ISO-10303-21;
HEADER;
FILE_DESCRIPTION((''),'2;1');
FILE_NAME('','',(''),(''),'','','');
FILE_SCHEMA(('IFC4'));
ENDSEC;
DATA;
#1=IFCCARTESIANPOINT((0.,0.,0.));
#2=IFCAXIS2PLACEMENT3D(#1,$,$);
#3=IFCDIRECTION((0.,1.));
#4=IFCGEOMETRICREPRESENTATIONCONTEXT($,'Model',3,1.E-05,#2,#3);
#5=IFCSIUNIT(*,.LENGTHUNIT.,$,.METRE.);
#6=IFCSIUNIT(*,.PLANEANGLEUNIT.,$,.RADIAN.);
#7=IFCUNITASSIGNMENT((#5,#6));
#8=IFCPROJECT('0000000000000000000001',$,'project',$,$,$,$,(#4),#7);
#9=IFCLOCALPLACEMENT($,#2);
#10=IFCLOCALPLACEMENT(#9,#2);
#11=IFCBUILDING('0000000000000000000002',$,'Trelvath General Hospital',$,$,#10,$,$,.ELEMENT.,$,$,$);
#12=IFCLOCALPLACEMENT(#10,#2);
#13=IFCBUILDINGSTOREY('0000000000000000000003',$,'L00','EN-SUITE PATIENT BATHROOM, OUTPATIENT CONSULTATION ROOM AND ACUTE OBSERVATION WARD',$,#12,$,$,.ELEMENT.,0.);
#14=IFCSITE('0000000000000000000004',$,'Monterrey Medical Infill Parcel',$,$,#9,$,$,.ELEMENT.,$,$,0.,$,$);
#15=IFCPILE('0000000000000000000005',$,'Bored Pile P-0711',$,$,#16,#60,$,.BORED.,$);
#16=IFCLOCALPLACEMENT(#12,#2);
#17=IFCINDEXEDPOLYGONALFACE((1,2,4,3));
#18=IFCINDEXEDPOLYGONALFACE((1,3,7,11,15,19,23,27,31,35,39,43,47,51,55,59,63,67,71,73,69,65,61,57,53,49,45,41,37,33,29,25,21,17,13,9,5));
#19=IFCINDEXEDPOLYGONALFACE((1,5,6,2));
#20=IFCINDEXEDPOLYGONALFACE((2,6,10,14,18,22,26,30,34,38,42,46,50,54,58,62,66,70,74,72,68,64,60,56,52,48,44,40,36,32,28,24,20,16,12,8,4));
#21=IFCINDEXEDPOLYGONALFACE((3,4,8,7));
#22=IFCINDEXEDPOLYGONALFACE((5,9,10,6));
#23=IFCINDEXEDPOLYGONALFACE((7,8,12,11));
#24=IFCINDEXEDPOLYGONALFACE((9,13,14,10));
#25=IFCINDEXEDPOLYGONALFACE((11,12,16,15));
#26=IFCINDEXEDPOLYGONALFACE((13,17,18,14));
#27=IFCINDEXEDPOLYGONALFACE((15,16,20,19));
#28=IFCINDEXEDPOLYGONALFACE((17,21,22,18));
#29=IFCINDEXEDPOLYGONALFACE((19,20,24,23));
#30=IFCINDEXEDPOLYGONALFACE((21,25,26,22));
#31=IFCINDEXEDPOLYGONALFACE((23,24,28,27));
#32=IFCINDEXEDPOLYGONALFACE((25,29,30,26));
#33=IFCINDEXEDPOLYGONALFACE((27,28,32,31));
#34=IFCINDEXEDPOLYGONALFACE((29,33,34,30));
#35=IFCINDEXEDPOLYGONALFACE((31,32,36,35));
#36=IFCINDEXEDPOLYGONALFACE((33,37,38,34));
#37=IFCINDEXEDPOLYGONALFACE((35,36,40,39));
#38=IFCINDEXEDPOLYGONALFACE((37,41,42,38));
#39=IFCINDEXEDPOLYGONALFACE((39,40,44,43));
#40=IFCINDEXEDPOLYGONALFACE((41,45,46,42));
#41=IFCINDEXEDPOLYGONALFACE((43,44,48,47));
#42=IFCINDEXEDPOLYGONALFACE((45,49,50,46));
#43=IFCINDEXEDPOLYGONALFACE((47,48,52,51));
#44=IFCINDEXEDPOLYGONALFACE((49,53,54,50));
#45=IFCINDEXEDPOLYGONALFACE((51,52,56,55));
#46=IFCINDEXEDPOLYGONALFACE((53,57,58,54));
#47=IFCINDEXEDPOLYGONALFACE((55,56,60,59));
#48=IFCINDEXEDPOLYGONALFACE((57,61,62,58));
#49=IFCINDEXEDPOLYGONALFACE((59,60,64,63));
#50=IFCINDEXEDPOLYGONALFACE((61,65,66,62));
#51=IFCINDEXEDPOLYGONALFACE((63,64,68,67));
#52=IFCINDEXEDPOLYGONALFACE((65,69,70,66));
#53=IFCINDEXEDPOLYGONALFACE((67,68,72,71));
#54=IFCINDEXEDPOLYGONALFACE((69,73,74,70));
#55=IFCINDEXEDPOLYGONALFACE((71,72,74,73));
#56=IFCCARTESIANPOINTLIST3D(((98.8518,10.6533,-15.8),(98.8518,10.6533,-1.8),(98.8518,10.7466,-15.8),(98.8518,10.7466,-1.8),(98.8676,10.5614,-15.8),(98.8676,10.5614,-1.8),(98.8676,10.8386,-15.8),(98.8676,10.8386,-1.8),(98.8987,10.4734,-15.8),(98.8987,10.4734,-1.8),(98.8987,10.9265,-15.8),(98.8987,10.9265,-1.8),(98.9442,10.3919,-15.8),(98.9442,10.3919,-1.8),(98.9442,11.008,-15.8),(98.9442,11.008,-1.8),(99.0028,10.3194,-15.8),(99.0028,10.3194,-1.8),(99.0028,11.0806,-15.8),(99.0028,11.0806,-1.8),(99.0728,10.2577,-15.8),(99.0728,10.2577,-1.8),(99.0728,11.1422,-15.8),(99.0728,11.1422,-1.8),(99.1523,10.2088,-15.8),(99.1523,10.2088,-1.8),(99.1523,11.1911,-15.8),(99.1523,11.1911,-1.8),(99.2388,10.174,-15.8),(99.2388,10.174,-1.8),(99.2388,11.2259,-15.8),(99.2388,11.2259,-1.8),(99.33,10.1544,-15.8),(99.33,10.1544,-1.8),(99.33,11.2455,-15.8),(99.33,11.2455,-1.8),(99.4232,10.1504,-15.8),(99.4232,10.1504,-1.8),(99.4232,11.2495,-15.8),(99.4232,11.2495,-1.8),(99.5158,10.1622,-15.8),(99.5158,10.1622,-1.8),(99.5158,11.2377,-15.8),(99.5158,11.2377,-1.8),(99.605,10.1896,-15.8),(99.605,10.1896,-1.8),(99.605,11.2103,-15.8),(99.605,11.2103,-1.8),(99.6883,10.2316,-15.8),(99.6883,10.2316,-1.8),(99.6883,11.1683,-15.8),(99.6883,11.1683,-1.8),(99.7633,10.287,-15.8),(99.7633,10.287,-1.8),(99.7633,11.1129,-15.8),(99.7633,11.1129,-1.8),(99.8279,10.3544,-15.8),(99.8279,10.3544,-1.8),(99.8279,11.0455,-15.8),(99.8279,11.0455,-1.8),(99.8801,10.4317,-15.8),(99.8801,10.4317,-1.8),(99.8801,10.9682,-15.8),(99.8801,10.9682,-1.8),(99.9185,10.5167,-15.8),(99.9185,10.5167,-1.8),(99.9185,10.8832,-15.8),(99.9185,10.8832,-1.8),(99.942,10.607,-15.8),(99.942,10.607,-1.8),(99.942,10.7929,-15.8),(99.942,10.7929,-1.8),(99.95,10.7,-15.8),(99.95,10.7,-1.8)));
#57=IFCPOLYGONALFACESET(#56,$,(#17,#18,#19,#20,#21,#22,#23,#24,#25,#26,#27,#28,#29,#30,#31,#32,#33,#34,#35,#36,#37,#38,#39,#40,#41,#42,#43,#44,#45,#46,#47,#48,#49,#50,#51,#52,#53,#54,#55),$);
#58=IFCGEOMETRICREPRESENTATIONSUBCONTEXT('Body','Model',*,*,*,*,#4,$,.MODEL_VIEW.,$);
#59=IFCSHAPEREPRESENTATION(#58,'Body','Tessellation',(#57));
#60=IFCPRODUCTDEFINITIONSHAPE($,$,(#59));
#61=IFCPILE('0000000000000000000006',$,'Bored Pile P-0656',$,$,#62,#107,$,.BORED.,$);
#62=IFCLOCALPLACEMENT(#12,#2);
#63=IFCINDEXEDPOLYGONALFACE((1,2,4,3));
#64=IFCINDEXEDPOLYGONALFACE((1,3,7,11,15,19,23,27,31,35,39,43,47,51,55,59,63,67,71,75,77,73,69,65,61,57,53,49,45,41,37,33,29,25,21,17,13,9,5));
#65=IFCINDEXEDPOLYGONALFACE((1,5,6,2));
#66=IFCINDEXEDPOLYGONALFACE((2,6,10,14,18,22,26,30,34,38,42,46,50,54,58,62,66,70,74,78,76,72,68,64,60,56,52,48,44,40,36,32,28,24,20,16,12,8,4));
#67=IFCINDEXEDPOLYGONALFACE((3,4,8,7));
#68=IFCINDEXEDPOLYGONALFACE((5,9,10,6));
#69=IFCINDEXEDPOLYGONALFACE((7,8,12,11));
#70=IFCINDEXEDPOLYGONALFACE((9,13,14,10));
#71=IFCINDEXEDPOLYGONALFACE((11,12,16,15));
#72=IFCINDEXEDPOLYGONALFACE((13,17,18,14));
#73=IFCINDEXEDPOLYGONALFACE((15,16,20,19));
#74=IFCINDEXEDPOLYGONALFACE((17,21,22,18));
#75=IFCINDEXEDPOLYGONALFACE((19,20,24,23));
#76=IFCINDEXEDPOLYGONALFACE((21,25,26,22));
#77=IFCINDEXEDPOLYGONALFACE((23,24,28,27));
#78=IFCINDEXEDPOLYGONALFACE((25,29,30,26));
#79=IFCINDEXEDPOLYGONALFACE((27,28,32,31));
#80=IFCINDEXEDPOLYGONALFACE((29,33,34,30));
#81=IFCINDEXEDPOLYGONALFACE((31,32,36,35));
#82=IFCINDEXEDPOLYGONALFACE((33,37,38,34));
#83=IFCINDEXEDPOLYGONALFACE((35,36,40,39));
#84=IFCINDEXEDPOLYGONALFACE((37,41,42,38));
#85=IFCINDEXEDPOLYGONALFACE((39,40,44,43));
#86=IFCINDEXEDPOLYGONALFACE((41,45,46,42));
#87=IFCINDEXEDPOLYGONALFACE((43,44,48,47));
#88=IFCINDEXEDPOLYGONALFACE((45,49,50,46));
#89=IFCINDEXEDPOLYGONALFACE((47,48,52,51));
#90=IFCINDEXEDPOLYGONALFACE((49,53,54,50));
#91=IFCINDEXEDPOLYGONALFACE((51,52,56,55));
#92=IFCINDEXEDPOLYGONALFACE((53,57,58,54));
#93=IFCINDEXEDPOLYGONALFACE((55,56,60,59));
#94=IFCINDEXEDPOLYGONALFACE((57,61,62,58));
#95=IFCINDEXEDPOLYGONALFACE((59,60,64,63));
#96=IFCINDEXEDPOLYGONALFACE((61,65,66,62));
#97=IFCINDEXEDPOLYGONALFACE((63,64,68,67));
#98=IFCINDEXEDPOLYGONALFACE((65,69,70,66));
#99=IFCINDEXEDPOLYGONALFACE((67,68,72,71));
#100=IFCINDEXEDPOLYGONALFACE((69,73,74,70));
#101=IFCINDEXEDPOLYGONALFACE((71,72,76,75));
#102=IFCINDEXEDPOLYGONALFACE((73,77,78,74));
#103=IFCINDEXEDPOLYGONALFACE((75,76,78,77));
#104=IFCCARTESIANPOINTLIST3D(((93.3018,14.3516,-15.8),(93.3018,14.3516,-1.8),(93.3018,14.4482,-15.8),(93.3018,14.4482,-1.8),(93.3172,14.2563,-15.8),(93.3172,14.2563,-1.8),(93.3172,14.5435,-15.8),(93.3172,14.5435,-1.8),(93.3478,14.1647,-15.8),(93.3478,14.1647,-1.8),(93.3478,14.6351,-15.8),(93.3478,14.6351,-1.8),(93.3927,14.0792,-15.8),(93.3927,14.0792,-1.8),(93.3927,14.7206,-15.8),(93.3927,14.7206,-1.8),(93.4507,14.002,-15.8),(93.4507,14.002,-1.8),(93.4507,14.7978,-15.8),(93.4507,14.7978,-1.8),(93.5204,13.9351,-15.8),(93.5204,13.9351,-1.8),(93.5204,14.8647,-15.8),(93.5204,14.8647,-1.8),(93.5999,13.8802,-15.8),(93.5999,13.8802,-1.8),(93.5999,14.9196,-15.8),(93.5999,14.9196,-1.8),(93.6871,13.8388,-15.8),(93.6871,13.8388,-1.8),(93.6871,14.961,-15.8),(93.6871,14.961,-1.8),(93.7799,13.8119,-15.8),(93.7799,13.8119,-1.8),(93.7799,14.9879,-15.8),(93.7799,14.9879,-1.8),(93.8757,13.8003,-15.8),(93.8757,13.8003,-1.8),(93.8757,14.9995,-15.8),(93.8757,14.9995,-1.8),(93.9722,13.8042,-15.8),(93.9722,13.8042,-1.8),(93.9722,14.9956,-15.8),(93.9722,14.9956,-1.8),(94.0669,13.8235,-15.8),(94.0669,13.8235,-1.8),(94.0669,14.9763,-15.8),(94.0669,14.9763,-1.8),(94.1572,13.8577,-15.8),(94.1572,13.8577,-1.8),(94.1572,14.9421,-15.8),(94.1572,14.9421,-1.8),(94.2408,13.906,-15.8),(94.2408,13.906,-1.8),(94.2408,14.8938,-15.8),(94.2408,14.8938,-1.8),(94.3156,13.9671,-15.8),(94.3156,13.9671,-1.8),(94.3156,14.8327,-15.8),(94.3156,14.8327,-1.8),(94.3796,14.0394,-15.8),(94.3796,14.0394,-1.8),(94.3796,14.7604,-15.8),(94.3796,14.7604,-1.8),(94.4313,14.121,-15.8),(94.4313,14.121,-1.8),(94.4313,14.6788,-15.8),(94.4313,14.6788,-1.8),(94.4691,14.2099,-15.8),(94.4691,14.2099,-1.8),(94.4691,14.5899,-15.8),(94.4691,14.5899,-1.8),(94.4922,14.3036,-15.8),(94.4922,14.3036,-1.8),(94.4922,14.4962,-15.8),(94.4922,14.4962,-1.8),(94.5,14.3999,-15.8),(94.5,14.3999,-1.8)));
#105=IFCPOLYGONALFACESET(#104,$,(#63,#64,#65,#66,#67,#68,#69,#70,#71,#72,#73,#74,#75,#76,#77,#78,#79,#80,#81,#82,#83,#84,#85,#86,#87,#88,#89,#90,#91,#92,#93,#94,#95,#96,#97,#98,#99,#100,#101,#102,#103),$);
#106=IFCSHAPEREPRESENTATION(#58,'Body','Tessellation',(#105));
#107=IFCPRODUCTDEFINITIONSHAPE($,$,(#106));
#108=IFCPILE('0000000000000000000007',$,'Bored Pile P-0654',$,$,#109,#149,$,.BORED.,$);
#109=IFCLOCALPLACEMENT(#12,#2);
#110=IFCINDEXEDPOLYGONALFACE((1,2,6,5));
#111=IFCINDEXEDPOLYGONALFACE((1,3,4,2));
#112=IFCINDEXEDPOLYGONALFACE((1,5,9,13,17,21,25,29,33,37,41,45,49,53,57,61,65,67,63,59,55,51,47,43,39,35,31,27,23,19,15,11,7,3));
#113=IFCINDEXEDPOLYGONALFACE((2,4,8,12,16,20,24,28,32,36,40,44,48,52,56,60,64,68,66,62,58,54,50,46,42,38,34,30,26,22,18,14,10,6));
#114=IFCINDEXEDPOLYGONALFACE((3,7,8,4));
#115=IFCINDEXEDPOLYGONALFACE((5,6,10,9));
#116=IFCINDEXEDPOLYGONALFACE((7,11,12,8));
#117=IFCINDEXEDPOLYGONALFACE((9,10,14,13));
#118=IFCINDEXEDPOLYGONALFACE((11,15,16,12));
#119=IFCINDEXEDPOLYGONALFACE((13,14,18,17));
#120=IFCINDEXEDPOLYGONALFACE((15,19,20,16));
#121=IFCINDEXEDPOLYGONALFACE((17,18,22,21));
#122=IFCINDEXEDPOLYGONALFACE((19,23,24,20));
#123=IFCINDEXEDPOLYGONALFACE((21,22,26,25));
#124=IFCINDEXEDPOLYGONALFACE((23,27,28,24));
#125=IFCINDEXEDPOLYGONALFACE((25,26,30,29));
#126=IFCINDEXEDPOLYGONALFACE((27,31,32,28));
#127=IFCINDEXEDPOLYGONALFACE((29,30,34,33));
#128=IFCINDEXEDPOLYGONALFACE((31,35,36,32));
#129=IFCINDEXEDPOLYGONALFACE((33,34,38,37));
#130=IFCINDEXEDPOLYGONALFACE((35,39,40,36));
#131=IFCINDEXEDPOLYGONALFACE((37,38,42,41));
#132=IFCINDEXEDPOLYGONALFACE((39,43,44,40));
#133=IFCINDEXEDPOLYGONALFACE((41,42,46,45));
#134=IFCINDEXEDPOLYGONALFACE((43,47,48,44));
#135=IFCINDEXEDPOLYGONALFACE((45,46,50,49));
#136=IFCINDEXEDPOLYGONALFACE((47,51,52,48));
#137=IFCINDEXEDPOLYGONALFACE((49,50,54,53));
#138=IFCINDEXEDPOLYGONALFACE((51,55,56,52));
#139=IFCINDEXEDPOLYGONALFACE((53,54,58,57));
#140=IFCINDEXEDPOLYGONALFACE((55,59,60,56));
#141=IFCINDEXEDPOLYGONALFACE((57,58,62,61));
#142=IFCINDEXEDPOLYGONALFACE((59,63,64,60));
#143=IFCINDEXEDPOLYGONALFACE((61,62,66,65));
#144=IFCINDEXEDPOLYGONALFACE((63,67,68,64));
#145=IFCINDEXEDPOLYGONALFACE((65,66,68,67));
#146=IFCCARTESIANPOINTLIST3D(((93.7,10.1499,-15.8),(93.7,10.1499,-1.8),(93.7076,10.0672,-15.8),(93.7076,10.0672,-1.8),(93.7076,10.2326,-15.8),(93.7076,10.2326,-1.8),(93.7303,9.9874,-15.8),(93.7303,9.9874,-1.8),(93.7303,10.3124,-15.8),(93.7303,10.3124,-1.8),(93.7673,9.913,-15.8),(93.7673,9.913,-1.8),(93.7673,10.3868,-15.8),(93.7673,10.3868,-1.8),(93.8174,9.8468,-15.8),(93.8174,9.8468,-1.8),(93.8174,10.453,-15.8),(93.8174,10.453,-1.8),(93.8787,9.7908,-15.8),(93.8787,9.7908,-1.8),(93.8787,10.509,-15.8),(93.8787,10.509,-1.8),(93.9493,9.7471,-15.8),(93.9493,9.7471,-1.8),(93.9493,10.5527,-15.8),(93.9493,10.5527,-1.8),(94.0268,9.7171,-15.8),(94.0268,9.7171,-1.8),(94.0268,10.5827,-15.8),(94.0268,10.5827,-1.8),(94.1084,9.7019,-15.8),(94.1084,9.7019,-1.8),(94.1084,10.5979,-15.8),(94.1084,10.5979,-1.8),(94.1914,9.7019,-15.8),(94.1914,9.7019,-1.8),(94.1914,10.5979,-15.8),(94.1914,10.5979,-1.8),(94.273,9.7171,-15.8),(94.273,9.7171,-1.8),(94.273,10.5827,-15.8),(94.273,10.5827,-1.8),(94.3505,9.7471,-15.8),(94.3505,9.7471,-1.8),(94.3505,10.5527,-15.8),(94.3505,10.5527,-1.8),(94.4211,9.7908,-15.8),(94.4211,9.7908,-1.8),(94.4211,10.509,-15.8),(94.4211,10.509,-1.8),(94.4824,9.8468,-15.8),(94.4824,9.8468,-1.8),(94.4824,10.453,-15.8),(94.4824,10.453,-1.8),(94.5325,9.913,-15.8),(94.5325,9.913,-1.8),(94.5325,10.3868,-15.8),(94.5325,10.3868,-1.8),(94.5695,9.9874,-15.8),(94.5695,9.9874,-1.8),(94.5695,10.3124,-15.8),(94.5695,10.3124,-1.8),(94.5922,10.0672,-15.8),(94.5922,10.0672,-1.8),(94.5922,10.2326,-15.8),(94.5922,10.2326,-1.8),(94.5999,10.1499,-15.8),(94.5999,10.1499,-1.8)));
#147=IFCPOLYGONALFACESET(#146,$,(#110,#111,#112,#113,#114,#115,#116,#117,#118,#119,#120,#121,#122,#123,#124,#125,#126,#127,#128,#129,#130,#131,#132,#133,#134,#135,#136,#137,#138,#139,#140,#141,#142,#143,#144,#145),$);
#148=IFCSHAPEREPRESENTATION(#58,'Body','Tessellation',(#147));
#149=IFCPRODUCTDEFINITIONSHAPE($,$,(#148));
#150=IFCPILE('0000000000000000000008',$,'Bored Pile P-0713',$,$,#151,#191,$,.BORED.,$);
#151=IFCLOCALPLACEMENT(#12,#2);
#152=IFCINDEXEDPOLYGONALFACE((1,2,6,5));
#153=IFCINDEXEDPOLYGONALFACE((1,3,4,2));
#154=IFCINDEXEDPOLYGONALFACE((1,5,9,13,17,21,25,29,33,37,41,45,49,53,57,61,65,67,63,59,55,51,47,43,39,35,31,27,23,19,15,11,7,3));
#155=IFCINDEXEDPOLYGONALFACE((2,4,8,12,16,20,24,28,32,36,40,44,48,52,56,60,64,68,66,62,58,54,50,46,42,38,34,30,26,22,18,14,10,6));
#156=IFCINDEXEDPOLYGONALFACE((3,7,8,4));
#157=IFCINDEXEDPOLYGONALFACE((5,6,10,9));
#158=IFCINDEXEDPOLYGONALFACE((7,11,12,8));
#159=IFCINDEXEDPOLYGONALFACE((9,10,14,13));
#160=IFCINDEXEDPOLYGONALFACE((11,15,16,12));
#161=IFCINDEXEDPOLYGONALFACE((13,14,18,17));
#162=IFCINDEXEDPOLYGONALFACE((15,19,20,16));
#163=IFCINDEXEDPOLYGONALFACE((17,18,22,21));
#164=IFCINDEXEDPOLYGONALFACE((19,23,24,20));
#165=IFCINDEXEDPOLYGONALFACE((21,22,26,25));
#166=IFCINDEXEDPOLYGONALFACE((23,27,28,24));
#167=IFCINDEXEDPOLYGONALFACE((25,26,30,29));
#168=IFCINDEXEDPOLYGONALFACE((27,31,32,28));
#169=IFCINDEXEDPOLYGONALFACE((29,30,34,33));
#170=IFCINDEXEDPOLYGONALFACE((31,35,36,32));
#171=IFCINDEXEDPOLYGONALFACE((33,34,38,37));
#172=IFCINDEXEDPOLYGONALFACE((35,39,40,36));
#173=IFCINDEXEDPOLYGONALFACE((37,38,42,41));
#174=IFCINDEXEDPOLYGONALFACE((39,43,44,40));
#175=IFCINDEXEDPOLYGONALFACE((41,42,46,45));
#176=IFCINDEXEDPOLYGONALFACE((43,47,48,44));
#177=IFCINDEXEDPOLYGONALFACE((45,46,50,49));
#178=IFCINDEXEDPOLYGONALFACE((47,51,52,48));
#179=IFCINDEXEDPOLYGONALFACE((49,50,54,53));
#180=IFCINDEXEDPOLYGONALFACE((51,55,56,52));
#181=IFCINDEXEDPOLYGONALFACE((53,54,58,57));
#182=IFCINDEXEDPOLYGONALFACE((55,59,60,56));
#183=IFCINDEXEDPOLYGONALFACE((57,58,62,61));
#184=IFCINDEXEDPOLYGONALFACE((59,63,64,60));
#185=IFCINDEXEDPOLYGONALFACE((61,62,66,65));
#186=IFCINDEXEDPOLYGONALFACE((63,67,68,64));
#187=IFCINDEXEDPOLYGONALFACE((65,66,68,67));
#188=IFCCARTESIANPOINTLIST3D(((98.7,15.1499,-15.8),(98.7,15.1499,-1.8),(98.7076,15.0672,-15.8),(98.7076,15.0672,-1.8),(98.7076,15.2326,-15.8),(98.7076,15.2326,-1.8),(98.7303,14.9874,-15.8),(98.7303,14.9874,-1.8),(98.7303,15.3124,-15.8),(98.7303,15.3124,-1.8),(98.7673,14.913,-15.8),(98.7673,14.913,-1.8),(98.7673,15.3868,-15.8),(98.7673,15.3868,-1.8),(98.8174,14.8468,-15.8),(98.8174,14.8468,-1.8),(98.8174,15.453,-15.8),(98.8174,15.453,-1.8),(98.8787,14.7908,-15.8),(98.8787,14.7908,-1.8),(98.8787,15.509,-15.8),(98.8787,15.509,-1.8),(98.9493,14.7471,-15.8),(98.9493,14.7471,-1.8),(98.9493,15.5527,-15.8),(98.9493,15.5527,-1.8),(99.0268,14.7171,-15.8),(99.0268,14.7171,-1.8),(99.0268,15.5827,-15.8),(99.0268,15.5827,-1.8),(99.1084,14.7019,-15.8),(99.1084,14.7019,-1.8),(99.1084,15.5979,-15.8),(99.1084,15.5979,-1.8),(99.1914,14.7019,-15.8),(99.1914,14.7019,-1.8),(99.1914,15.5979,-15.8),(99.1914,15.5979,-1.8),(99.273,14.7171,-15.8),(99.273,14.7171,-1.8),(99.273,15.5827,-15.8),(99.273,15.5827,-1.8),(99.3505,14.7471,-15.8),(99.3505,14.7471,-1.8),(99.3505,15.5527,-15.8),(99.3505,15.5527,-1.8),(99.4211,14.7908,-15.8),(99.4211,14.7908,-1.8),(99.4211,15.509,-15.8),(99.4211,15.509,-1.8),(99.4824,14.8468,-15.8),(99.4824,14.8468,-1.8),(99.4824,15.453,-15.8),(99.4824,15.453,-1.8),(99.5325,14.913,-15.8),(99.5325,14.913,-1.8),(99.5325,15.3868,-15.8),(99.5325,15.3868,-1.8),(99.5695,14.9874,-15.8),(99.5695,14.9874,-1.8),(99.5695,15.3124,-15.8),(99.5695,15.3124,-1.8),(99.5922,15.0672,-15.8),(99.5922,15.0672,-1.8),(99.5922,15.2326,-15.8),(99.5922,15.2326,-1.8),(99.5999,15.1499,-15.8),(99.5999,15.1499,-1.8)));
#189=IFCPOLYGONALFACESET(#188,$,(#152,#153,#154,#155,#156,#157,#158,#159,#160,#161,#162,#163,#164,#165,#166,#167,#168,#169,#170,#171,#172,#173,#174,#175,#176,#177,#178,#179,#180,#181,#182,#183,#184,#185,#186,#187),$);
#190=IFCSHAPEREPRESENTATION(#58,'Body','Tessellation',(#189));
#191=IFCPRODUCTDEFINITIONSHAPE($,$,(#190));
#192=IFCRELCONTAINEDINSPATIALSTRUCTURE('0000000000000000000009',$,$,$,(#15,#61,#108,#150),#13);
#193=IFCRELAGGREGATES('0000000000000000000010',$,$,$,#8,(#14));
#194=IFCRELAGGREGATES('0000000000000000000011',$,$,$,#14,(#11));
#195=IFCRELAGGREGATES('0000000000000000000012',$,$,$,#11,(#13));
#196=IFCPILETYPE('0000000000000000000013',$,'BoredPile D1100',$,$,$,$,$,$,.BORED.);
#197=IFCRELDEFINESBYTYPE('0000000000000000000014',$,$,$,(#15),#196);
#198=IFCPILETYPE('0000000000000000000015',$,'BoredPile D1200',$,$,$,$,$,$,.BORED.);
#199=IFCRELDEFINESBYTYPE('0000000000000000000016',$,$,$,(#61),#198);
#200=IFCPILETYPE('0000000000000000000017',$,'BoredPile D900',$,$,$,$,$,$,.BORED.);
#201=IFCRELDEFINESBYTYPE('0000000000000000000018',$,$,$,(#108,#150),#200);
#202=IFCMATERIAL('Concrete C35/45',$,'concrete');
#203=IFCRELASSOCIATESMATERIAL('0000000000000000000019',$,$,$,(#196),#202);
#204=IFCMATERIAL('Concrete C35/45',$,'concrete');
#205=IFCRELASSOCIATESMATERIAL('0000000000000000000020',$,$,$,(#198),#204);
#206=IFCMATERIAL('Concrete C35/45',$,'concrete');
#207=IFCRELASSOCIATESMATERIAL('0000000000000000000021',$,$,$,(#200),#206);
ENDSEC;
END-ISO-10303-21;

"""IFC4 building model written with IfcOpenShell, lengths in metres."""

from ifc_helpers import new_model, si_unit, direction, frame, origin, origin_2d, place, context, subcontext, project, spatial, circle, extrude, material, material_profile, profile_set, type_object, element, save


model = new_model("IFC4")

# Units and contexts
model_context = context("Model", 3, precision=1e-05, world=origin(), true_north=direction((0.0, 1.0)))
body_context = subcontext(model_context, "Body", "Model", "MODEL_VIEW")
ifc_project = project(units=[si_unit("LENGTHUNIT", "METRE"), si_unit("PLANEANGLEUNIT", "RADIAN")], contexts=[model_context])

# Site, building, storey
site_placement = place(None, origin())
site = spatial("IfcSite", under=ifc_project, at=site_placement, Name="Monterrey Medical Infill Parcel", CompositionType="ELEMENT", RefElevation=0.0)
building_placement = place(site_placement, origin())
building = spatial("IfcBuilding", under=site, at=building_placement, Name="Trelvath General Hospital", CompositionType="ELEMENT")
storey_placement = place(building_placement, origin())
storey = spatial("IfcBuildingStorey", under=building, at=storey_placement, Name="L00", Description="EN-SUITE PATIENT BATHROOM, OUTPATIENT CONSULTATION ROOM AND ACUTE OBSERVATION WARD", CompositionType="ELEMENT", Elevation=0.0)

# Piles
ifc_material_1 = material(Name="Concrete C35/45", Category="concrete")
ifc_material_profile_1 = material_profile(ifc_material_1, circle(Radius=0.55, at=origin_2d()), Name="PILE1100")
ifc_profile_set_1 = profile_set([ifc_material_profile_1], Name="Concrete C35/45")
pile_type_1 = type_object("IfcPileType", Name="BoredPile D1100", PredefinedType="BORED", material=ifc_profile_set_1)
pile_1_placement = place(storey_placement, frame((99.3999, 10.7, -1.8), z_axis=(0.0, 0.0, -1.0), x_axis=(1.0, 0.0, 0.0)))
element("IfcPile", 1, at=pile_1_placement, inside=storey, type_object=pile_type_1, Name="Bored Pile P-0711", PredefinedType="BORED", context=body_context, shape_type="SweptSolid", body=[
    extrude(circle(Radius=0.55, at=origin_2d()), origin(), (0.0, 0.0, 1.0), 14.0),
])
ifc_material_2 = material(Name="Concrete C35/45", Category="concrete")
ifc_material_profile_2 = material_profile(ifc_material_2, circle(Radius=0.6001, at=origin_2d()), Name="PILE1200")
ifc_profile_set_2 = profile_set([ifc_material_profile_2], Name="Concrete C35/45")
pile_type_2 = type_object("IfcPileType", Name="BoredPile D1200", PredefinedType="BORED", material=ifc_profile_set_2)
pile_2_placement = place(storey_placement, frame((93.8999, 14.3999, -1.8), z_axis=(0.0, 0.0, -1.0), x_axis=(1.0, 0.0, 0.0)))
element("IfcPile", 2, at=pile_2_placement, inside=storey, type_object=pile_type_2, Name="Bored Pile P-0656", PredefinedType="BORED", context=body_context, shape_type="SweptSolid", body=[
    extrude(circle(Radius=0.6001, at=origin_2d()), origin(), (0.0, 0.0, 1.0), 14.0),
])
ifc_material_3 = material(Name="Concrete C35/45", Category="concrete")
ifc_material_profile_3 = material_profile(ifc_material_3, circle(Radius=0.45, at=origin_2d()), Name="PILE900")
ifc_profile_set_3 = profile_set([ifc_material_profile_3], Name="Concrete C35/45")
pile_type_3 = type_object("IfcPileType", Name="BoredPile D900", PredefinedType="BORED", material=ifc_profile_set_3)
for number, where, z_axis, x_axis, name in (
    (3, (94.1499, 10.1499, -1.8), (0.0, 0.0, -1.0), (1.0, 0.0, 0.0), "Bored Pile P-0654"),
    (4, (99.1499, 15.1499, -1.8), (0.0, 0.0, -1.0), (1.0, 0.0, 0.0), "Bored Pile P-0713"),
):
    element("IfcPile", number, at=place(storey_placement, frame(where, z_axis=z_axis, x_axis=x_axis)), inside=storey, type_object=pile_type_3, Name=name, PredefinedType="BORED", context=body_context, shape_type="SweptSolid", body=[
        extrude(circle(Radius=0.45, at=origin_2d()), origin(), (0.0, 0.0, 1.0), 14.0),
    ])

save(model, "model.ifc")
